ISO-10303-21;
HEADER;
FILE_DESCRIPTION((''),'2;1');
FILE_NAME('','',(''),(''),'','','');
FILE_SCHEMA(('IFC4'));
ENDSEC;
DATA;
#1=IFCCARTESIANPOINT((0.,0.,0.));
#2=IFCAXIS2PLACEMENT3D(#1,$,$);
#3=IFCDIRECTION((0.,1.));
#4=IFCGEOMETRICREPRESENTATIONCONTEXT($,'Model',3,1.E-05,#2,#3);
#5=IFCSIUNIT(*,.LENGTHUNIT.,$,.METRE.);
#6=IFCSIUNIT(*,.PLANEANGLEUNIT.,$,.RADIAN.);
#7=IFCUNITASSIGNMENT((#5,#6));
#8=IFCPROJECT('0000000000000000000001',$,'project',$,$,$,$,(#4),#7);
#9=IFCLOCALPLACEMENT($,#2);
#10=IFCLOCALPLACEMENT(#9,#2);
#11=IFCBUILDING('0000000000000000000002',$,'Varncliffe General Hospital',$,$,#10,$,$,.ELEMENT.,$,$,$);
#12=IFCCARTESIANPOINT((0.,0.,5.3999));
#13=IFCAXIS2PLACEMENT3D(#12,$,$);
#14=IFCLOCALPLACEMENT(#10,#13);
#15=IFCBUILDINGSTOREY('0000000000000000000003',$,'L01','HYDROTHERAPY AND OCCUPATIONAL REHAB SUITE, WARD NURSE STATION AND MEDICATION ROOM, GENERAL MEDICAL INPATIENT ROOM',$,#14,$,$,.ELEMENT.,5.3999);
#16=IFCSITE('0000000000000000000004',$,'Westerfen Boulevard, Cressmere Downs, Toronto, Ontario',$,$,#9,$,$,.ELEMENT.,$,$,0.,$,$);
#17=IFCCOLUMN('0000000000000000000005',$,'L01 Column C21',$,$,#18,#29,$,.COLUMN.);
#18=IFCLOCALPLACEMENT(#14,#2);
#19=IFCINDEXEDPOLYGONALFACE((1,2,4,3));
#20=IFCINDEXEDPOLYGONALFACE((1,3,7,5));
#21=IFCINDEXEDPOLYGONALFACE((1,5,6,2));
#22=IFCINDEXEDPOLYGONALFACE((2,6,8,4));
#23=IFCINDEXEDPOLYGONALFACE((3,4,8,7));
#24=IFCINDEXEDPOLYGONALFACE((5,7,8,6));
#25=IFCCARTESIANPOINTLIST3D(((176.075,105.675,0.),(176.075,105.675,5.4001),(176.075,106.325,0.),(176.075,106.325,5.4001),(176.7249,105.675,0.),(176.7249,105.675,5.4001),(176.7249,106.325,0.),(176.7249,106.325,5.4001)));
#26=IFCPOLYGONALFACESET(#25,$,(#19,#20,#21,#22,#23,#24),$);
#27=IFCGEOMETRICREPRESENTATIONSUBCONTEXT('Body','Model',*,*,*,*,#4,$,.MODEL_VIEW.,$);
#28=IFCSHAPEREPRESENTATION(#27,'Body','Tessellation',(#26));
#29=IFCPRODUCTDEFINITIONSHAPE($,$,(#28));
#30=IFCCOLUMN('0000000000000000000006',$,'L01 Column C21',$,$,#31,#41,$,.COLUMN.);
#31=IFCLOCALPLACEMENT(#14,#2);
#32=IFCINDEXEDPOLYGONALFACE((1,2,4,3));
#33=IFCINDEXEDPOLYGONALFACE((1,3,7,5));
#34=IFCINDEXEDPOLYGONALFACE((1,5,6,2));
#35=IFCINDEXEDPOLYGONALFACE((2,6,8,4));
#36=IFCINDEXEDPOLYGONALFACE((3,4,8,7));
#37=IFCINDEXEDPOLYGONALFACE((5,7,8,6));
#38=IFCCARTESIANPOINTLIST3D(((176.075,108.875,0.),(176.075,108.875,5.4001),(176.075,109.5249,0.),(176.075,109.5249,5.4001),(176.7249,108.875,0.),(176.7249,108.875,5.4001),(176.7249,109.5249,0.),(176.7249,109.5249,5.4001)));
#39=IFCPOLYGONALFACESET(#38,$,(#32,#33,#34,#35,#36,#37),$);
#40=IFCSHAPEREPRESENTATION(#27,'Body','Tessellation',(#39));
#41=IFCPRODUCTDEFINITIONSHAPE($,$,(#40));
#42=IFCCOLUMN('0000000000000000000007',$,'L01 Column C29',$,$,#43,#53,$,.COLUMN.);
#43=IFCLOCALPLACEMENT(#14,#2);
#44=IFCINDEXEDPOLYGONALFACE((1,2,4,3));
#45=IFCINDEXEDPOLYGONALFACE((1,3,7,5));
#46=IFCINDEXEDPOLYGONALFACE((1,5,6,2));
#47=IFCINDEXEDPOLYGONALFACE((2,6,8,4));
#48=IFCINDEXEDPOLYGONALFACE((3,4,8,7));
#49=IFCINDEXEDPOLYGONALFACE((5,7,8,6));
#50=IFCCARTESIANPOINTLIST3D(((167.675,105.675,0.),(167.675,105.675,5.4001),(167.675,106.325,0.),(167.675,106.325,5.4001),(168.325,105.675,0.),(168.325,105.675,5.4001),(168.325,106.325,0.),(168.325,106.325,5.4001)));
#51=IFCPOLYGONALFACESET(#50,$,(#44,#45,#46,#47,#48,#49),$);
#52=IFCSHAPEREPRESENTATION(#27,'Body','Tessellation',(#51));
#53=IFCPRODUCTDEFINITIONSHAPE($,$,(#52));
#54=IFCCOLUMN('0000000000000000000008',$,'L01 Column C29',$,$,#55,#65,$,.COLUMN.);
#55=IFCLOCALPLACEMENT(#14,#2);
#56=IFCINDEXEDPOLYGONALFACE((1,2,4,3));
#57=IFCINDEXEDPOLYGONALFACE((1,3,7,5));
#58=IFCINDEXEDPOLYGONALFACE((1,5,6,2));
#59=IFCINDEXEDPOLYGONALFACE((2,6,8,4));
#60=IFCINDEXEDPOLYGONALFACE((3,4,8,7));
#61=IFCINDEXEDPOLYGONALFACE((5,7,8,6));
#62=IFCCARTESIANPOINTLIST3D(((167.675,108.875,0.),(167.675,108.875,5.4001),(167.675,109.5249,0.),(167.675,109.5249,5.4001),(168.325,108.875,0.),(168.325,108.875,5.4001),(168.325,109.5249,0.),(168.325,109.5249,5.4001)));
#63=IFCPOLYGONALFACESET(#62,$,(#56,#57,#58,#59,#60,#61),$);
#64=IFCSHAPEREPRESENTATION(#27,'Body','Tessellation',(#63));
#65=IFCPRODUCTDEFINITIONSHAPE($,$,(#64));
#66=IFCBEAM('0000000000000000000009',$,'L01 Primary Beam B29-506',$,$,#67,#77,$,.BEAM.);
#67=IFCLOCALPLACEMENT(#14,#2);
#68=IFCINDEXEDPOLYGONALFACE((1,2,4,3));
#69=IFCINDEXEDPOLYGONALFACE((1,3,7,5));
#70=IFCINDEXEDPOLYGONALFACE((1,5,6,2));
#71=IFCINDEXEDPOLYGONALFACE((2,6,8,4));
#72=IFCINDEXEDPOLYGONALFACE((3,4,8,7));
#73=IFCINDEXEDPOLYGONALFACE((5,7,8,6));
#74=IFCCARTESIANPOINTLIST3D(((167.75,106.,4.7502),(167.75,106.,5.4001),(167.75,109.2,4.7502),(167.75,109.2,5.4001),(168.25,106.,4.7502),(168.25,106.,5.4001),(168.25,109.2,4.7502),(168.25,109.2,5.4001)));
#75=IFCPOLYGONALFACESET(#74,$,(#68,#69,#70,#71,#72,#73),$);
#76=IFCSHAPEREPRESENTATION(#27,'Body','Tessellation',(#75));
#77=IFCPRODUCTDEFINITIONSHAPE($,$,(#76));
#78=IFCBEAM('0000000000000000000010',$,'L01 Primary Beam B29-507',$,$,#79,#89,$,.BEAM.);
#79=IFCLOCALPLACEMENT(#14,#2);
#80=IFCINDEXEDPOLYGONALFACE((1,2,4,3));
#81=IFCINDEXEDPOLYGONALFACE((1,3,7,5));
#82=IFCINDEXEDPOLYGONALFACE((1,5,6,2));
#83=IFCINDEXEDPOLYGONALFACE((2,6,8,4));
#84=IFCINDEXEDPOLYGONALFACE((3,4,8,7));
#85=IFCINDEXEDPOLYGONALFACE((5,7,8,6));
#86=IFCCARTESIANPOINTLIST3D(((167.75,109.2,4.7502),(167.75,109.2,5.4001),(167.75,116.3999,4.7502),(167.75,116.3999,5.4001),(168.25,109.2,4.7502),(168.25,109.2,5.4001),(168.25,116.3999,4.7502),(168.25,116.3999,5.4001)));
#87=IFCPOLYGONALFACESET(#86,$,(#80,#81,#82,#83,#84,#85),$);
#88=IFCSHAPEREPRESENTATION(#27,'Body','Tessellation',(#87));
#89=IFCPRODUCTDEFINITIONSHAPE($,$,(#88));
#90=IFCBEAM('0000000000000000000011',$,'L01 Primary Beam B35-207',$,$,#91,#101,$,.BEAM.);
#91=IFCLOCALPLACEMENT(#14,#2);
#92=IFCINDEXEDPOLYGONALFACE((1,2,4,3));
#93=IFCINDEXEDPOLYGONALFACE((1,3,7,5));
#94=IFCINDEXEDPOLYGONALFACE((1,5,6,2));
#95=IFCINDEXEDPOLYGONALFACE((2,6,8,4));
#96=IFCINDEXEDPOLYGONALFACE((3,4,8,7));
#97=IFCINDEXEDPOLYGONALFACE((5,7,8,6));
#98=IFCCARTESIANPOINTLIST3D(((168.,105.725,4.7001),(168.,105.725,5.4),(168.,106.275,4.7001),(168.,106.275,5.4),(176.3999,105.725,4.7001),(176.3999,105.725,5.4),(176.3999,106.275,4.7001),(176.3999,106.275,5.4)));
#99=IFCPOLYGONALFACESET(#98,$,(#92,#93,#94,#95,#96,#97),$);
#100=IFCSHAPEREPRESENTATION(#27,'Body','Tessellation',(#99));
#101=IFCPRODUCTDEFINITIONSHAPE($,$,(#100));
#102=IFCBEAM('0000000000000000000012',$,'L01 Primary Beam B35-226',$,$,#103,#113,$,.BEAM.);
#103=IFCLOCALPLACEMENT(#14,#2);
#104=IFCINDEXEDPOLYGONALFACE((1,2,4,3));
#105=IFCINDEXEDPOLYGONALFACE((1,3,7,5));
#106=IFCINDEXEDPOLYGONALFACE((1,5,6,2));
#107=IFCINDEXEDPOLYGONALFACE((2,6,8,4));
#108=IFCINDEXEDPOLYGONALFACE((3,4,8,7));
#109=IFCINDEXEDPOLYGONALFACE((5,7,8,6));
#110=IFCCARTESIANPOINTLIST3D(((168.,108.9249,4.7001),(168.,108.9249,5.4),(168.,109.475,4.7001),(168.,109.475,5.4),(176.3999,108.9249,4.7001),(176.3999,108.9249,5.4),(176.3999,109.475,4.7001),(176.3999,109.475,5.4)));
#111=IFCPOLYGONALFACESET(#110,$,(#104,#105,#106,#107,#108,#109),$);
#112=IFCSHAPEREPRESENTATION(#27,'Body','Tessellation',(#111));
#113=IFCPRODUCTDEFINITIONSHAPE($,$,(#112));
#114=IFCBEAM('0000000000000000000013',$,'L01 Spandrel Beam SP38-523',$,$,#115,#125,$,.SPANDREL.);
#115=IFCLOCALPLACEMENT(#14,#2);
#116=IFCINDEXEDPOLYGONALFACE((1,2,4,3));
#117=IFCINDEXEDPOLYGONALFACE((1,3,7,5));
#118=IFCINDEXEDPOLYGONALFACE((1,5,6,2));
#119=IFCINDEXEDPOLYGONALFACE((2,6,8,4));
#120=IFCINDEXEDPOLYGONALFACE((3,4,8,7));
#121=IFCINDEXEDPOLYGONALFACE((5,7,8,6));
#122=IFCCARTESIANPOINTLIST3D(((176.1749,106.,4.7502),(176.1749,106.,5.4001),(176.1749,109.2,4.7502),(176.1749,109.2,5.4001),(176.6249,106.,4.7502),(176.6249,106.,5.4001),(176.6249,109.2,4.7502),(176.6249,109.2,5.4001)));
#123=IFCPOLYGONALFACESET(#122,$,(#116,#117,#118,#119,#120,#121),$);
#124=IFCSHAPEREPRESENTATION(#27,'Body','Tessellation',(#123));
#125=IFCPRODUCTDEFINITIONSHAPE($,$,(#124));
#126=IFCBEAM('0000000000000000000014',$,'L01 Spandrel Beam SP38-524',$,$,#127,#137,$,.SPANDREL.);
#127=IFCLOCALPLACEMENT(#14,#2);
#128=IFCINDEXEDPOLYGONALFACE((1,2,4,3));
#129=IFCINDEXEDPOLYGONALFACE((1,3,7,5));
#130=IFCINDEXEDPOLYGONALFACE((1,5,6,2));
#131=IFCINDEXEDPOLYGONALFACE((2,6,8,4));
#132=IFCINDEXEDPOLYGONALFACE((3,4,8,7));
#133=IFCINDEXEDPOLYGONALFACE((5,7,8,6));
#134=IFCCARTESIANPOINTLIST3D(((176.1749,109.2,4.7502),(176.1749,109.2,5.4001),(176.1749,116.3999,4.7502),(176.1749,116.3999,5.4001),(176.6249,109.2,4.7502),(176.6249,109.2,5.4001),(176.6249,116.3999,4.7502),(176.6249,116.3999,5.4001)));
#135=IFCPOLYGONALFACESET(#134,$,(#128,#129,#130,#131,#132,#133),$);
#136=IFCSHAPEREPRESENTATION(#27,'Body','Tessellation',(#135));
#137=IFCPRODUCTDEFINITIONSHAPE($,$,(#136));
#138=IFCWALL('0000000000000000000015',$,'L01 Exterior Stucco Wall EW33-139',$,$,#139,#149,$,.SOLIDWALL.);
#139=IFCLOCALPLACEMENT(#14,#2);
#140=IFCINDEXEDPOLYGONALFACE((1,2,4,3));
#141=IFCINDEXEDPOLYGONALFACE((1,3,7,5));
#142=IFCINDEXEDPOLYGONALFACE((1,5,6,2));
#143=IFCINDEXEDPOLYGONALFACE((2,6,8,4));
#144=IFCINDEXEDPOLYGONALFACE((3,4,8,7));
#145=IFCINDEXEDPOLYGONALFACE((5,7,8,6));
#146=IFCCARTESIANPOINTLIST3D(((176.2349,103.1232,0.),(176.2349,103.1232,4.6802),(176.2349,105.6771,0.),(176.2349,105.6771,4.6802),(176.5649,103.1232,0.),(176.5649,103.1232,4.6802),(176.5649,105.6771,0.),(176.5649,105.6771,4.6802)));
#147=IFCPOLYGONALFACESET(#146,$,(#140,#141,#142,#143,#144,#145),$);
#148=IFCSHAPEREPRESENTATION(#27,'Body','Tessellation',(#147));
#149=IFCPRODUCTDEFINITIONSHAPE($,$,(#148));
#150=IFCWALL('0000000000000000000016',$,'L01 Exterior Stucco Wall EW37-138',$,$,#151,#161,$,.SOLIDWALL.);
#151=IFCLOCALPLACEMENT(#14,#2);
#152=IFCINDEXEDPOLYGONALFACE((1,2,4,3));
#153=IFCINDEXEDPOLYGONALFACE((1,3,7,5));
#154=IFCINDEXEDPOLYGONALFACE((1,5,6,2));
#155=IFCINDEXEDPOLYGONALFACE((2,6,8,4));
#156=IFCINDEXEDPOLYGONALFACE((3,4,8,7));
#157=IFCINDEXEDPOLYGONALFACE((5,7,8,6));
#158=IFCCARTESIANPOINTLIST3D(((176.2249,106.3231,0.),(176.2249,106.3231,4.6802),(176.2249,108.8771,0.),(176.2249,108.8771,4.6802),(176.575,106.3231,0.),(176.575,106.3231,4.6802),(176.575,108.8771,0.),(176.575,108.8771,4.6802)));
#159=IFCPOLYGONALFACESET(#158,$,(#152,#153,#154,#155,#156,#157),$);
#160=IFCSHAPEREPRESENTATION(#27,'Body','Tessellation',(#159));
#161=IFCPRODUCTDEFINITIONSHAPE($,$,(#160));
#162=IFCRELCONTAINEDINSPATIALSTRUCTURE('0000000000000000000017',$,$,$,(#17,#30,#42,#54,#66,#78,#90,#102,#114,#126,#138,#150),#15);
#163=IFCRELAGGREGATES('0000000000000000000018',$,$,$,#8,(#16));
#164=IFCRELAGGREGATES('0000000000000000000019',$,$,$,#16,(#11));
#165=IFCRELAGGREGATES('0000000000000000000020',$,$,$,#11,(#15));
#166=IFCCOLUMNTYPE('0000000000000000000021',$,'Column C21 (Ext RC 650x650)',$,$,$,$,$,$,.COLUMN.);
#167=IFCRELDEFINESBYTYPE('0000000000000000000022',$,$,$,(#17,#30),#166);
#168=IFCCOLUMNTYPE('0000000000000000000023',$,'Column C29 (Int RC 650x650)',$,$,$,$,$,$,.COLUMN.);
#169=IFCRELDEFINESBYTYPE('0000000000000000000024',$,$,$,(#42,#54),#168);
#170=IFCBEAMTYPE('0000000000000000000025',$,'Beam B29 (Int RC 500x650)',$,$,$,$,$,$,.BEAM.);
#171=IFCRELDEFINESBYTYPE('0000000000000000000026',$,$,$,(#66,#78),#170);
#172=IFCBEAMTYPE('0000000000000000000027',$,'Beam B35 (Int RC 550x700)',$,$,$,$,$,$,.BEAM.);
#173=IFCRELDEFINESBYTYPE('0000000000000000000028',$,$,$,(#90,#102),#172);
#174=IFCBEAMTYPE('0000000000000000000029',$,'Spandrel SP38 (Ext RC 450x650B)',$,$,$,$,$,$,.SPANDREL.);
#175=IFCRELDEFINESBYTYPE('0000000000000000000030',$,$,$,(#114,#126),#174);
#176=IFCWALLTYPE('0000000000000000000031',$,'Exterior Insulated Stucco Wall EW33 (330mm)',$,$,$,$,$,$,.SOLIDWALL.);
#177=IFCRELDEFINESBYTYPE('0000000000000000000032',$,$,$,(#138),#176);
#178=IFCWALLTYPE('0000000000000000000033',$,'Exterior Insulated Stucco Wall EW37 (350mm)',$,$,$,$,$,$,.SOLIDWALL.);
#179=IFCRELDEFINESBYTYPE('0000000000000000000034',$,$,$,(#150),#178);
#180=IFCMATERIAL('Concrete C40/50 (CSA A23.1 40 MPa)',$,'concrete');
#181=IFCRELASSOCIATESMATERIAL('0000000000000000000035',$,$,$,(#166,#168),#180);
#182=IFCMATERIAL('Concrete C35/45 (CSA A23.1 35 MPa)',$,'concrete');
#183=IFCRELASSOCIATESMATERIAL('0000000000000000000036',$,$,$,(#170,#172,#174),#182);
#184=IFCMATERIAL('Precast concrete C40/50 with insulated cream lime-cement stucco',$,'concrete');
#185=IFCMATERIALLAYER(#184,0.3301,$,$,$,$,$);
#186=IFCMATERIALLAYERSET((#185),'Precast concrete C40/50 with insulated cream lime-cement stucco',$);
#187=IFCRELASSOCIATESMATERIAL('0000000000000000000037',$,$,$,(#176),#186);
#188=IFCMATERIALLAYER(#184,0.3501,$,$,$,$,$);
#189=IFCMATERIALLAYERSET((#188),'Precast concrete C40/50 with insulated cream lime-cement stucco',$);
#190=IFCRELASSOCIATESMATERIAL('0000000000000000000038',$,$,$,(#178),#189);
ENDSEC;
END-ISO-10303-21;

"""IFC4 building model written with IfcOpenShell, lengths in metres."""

from ifc_helpers import new_model, si_unit, direction, frame, frame_2d, origin, origin_2d, place, context, subcontext, project, spatial, rectangle, extrude, material, layer, layer_set, material_profile, profile_set, type_object, element, save


model = new_model("IFC4")

# Units and contexts
model_context = context("Model", 3, precision=1e-05, world=origin(), true_north=direction((0.0, 1.0)))
body_context = subcontext(model_context, "Body", "Model", "MODEL_VIEW")
ifc_project = project(units=[si_unit("LENGTHUNIT", "METRE"), si_unit("PLANEANGLEUNIT", "RADIAN")], contexts=[model_context])

# Site, building, storey
site_placement = place(None, origin())
site = spatial("IfcSite", under=ifc_project, at=site_placement, Name="Westerfen Boulevard, Cressmere Downs, Toronto, Ontario", CompositionType="ELEMENT", RefElevation=0.0)
building_placement = place(site_placement, origin())
building = spatial("IfcBuilding", under=site, at=building_placement, Name="Varncliffe General Hospital", CompositionType="ELEMENT")
storey_placement = place(building_placement, frame((0.0, 0.0, 5.3999)))
storey = spatial("IfcBuildingStorey", under=building, at=storey_placement, Name="L01", Description="HYDROTHERAPY AND OCCUPATIONAL REHAB SUITE, WARD NURSE STATION AND MEDICATION ROOM, GENERAL MEDICAL INPATIENT ROOM", CompositionType="ELEMENT", Elevation=5.3999)

# Columns
ifc_material_1 = material(Name="Concrete C40/50 (CSA A23.1 40 MPa)", Category="concrete")
ifc_material_profile_1 = material_profile(ifc_material_1, rectangle(XDim=0.6499, YDim=0.6499, at=origin_2d()), Name="RC 650x650")
ifc_profile_set_1 = profile_set([ifc_material_profile_1], Name="Concrete C40/50 (CSA A23.1 40 MPa)")
column_type_1 = type_object("IfcColumnType", Name="Column C21 (Ext RC 650x650)", PredefinedType="COLUMN", material=ifc_profile_set_1)
for number, where, z_axis, x_axis, name in (
    (1, (176.3999, 106.0, 0.0), (0.0, 0.0, 1.0), (1.0, 0.0, 0.0), "L01 Column C21"),
    (2, (176.3999, 109.2, 0.0), (0.0, 0.0, 1.0), (1.0, 0.0, 0.0), "L01 Column C21"),
):
    element("IfcColumn", number, at=place(storey_placement, frame(where, z_axis=z_axis, x_axis=x_axis)), inside=storey, type_object=column_type_1, Name=name, PredefinedType="COLUMN", context=body_context, shape_type="SweptSolid", body=[
        extrude(rectangle(XDim=0.6499, YDim=0.6499, at=origin_2d()), origin(), (0.0, 0.0, 1.0), 5.4001),
    ])
ifc_material_profile_2 = material_profile(ifc_material_1, rectangle(XDim=0.6499, YDim=0.6499, at=origin_2d()), Name="RC 650x650")
ifc_profile_set_2 = profile_set([ifc_material_profile_2], Name="Concrete C40/50 (CSA A23.1 40 MPa)")
column_type_2 = type_object("IfcColumnType", Name="Column C29 (Int RC 650x650)", PredefinedType="COLUMN", material=ifc_profile_set_2)
for number, where, z_axis, x_axis, name in (
    (3, (168.0, 106.0, 0.0), (0.0, 0.0, 1.0), (1.0, 0.0, 0.0), "L01 Column C29"),
    (4, (168.0, 109.2, 0.0), (0.0, 0.0, 1.0), (1.0, 0.0, 0.0), "L01 Column C29"),
):
    element("IfcColumn", number, at=place(storey_placement, frame(where, z_axis=z_axis, x_axis=x_axis)), inside=storey, type_object=column_type_2, Name=name, PredefinedType="COLUMN", context=body_context, shape_type="SweptSolid", body=[
        extrude(rectangle(XDim=0.6499, YDim=0.6499, at=origin_2d()), origin(), (0.0, 0.0, 1.0), 5.4001),
    ])

# Beams
ifc_material_2 = material(Name="Concrete C35/45 (CSA A23.1 35 MPa)", Category="concrete")
ifc_material_profile_3 = material_profile(ifc_material_2, rectangle(XDim=0.5, YDim=0.6499, at=origin_2d()), Name="RC 500x650")
ifc_profile_set_3 = profile_set([ifc_material_profile_3], Name="Concrete C35/45 (CSA A23.1 35 MPa)")
beam_type_1 = type_object("IfcBeamType", Name="Beam B29 (Int RC 500x650)", PredefinedType="BEAM", material=ifc_profile_set_3)
beam_1_placement = place(storey_placement, frame((168.0, 106.0, 5.0752), z_axis=(0.0, 1.0, 0.0), x_axis=(-1.0, 0.0, 0.0)))
element("IfcBeam", 5, at=beam_1_placement, inside=storey, type_object=beam_type_1, Name="L01 Primary Beam B29-506", PredefinedType="BEAM", context=body_context, shape_type="SweptSolid", body=[
    extrude(rectangle(XDim=0.5, YDim=0.6499, at=origin_2d()), origin(), (0.0, 0.0, 1.0), 3.2),
])
beam_2_placement = place(storey_placement, frame((168.0, 109.2, 5.0752), z_axis=(0.0, 1.0, 0.0), x_axis=(-1.0, 0.0, 0.0)))
element("IfcBeam", 6, at=beam_2_placement, inside=storey, type_object=beam_type_1, Name="L01 Primary Beam B29-507", PredefinedType="BEAM", context=body_context, shape_type="SweptSolid", body=[
    extrude(rectangle(XDim=0.5, YDim=0.6499, at=origin_2d()), origin(), (0.0, 0.0, 1.0), 7.2),
])
ifc_material_profile_4 = material_profile(ifc_material_2, rectangle(XDim=0.55, YDim=0.7, at=origin_2d()), Name="RC 550x700")
ifc_profile_set_4 = profile_set([ifc_material_profile_4], Name="Concrete C35/45 (CSA A23.1 35 MPa)")
beam_type_2 = type_object("IfcBeamType", Name="Beam B35 (Int RC 550x700)", PredefinedType="BEAM", material=ifc_profile_set_4)
for number, where, z_axis, x_axis, name in (
    (7, (168.0, 106.0, 5.05), (1.0, 0.0, 0.0), (0.0, 1.0, 0.0), "L01 Primary Beam B35-207"),
    (8, (168.0, 109.2, 5.05), (1.0, 0.0, 0.0), (0.0, 1.0, 0.0), "L01 Primary Beam B35-226"),
):
    element("IfcBeam", number, at=place(storey_placement, frame(where, z_axis=z_axis, x_axis=x_axis)), inside=storey, type_object=beam_type_2, Name=name, PredefinedType="BEAM", context=body_context, shape_type="SweptSolid", body=[
        extrude(rectangle(XDim=0.55, YDim=0.7, at=origin_2d()), origin(), (0.0, 0.0, 1.0), 8.3999),
    ])
ifc_material_profile_5 = material_profile(ifc_material_2, rectangle(XDim=0.45, YDim=0.6499, at=origin_2d()), Name="RC 450x650")
ifc_profile_set_5 = profile_set([ifc_material_profile_5], Name="Concrete C35/45 (CSA A23.1 35 MPa)")
beam_type_3 = type_object("IfcBeamType", Name="Spandrel SP38 (Ext RC 450x650B)", PredefinedType="SPANDREL", material=ifc_profile_set_5)
beam_3_placement = place(storey_placement, frame((176.3999, 106.0, 5.0752), z_axis=(0.0, 1.0, 0.0), x_axis=(-1.0, 0.0, 0.0)))
element("IfcBeam", 9, at=beam_3_placement, inside=storey, type_object=beam_type_3, Name="L01 Spandrel Beam SP38-523", PredefinedType="SPANDREL", context=body_context, shape_type="SweptSolid", body=[
    extrude(rectangle(XDim=0.45, YDim=0.6499, at=origin_2d()), origin(), (0.0, 0.0, 1.0), 3.2),
])
beam_4_placement = place(storey_placement, frame((176.3999, 109.2, 5.0752), z_axis=(0.0, 1.0, 0.0), x_axis=(-1.0, 0.0, 0.0)))
element("IfcBeam", 10, at=beam_4_placement, inside=storey, type_object=beam_type_3, Name="L01 Spandrel Beam SP38-524", PredefinedType="SPANDREL", context=body_context, shape_type="SweptSolid", body=[
    extrude(rectangle(XDim=0.45, YDim=0.6499, at=origin_2d()), origin(), (0.0, 0.0, 1.0), 7.2),
])

# Walls
ifc_material_3 = material(Name="Precast concrete C40/50 with insulated cream lime-cement stucco", Category="concrete")
ifc_layer_1 = layer(ifc_material_3, 0.3301)
ifc_layer_set_1 = layer_set([ifc_layer_1], Name="Precast concrete C40/50 with insulated cream lime-cement stucco")
wall_type_1 = type_object("IfcWallType", Name="Exterior Insulated Stucco Wall EW33 (330mm)", PredefinedType="SOLIDWALL", material=ifc_layer_set_1)
wall_1_placement = place(storey_placement, frame((176.3999, 105.677, 0.0), z_axis=(0.0, 0.0, 1.0), x_axis=(0.0, -1.0, 0.0)))
element("IfcWall", 11, at=wall_1_placement, inside=storey, type_object=wall_type_1, Name="L01 Exterior Stucco Wall EW33-139", PredefinedType="SOLIDWALL", context=body_context, shape_type="SweptSolid", body=[
    extrude(rectangle(XDim=2.554, YDim=0.3301, at=frame_2d((1.2769, 0.0))), origin(), (0.0, 0.0, 1.0), 4.6802),
])
ifc_layer_2 = layer(ifc_material_3, 0.3501)
ifc_layer_set_2 = layer_set([ifc_layer_2], Name="Precast concrete C40/50 with insulated cream lime-cement stucco")
wall_type_2 = type_object("IfcWallType", Name="Exterior Insulated Stucco Wall EW37 (350mm)", PredefinedType="SOLIDWALL", material=ifc_layer_set_2)
wall_2_placement = place(storey_placement, frame((176.3999, 108.877, 0.0), z_axis=(0.0, 0.0, 1.0), x_axis=(0.0, -1.0, 0.0)))
element("IfcWall", 12, at=wall_2_placement, inside=storey, type_object=wall_type_2, Name="L01 Exterior Stucco Wall EW37-138", PredefinedType="SOLIDWALL", context=body_context, shape_type="SweptSolid", body=[
    extrude(rectangle(XDim=2.554, YDim=0.3501, at=frame_2d((1.2769, 0.0))), origin(), (0.0, 0.0, 1.0), 4.6802),
])

save(model, "model.ifc")
